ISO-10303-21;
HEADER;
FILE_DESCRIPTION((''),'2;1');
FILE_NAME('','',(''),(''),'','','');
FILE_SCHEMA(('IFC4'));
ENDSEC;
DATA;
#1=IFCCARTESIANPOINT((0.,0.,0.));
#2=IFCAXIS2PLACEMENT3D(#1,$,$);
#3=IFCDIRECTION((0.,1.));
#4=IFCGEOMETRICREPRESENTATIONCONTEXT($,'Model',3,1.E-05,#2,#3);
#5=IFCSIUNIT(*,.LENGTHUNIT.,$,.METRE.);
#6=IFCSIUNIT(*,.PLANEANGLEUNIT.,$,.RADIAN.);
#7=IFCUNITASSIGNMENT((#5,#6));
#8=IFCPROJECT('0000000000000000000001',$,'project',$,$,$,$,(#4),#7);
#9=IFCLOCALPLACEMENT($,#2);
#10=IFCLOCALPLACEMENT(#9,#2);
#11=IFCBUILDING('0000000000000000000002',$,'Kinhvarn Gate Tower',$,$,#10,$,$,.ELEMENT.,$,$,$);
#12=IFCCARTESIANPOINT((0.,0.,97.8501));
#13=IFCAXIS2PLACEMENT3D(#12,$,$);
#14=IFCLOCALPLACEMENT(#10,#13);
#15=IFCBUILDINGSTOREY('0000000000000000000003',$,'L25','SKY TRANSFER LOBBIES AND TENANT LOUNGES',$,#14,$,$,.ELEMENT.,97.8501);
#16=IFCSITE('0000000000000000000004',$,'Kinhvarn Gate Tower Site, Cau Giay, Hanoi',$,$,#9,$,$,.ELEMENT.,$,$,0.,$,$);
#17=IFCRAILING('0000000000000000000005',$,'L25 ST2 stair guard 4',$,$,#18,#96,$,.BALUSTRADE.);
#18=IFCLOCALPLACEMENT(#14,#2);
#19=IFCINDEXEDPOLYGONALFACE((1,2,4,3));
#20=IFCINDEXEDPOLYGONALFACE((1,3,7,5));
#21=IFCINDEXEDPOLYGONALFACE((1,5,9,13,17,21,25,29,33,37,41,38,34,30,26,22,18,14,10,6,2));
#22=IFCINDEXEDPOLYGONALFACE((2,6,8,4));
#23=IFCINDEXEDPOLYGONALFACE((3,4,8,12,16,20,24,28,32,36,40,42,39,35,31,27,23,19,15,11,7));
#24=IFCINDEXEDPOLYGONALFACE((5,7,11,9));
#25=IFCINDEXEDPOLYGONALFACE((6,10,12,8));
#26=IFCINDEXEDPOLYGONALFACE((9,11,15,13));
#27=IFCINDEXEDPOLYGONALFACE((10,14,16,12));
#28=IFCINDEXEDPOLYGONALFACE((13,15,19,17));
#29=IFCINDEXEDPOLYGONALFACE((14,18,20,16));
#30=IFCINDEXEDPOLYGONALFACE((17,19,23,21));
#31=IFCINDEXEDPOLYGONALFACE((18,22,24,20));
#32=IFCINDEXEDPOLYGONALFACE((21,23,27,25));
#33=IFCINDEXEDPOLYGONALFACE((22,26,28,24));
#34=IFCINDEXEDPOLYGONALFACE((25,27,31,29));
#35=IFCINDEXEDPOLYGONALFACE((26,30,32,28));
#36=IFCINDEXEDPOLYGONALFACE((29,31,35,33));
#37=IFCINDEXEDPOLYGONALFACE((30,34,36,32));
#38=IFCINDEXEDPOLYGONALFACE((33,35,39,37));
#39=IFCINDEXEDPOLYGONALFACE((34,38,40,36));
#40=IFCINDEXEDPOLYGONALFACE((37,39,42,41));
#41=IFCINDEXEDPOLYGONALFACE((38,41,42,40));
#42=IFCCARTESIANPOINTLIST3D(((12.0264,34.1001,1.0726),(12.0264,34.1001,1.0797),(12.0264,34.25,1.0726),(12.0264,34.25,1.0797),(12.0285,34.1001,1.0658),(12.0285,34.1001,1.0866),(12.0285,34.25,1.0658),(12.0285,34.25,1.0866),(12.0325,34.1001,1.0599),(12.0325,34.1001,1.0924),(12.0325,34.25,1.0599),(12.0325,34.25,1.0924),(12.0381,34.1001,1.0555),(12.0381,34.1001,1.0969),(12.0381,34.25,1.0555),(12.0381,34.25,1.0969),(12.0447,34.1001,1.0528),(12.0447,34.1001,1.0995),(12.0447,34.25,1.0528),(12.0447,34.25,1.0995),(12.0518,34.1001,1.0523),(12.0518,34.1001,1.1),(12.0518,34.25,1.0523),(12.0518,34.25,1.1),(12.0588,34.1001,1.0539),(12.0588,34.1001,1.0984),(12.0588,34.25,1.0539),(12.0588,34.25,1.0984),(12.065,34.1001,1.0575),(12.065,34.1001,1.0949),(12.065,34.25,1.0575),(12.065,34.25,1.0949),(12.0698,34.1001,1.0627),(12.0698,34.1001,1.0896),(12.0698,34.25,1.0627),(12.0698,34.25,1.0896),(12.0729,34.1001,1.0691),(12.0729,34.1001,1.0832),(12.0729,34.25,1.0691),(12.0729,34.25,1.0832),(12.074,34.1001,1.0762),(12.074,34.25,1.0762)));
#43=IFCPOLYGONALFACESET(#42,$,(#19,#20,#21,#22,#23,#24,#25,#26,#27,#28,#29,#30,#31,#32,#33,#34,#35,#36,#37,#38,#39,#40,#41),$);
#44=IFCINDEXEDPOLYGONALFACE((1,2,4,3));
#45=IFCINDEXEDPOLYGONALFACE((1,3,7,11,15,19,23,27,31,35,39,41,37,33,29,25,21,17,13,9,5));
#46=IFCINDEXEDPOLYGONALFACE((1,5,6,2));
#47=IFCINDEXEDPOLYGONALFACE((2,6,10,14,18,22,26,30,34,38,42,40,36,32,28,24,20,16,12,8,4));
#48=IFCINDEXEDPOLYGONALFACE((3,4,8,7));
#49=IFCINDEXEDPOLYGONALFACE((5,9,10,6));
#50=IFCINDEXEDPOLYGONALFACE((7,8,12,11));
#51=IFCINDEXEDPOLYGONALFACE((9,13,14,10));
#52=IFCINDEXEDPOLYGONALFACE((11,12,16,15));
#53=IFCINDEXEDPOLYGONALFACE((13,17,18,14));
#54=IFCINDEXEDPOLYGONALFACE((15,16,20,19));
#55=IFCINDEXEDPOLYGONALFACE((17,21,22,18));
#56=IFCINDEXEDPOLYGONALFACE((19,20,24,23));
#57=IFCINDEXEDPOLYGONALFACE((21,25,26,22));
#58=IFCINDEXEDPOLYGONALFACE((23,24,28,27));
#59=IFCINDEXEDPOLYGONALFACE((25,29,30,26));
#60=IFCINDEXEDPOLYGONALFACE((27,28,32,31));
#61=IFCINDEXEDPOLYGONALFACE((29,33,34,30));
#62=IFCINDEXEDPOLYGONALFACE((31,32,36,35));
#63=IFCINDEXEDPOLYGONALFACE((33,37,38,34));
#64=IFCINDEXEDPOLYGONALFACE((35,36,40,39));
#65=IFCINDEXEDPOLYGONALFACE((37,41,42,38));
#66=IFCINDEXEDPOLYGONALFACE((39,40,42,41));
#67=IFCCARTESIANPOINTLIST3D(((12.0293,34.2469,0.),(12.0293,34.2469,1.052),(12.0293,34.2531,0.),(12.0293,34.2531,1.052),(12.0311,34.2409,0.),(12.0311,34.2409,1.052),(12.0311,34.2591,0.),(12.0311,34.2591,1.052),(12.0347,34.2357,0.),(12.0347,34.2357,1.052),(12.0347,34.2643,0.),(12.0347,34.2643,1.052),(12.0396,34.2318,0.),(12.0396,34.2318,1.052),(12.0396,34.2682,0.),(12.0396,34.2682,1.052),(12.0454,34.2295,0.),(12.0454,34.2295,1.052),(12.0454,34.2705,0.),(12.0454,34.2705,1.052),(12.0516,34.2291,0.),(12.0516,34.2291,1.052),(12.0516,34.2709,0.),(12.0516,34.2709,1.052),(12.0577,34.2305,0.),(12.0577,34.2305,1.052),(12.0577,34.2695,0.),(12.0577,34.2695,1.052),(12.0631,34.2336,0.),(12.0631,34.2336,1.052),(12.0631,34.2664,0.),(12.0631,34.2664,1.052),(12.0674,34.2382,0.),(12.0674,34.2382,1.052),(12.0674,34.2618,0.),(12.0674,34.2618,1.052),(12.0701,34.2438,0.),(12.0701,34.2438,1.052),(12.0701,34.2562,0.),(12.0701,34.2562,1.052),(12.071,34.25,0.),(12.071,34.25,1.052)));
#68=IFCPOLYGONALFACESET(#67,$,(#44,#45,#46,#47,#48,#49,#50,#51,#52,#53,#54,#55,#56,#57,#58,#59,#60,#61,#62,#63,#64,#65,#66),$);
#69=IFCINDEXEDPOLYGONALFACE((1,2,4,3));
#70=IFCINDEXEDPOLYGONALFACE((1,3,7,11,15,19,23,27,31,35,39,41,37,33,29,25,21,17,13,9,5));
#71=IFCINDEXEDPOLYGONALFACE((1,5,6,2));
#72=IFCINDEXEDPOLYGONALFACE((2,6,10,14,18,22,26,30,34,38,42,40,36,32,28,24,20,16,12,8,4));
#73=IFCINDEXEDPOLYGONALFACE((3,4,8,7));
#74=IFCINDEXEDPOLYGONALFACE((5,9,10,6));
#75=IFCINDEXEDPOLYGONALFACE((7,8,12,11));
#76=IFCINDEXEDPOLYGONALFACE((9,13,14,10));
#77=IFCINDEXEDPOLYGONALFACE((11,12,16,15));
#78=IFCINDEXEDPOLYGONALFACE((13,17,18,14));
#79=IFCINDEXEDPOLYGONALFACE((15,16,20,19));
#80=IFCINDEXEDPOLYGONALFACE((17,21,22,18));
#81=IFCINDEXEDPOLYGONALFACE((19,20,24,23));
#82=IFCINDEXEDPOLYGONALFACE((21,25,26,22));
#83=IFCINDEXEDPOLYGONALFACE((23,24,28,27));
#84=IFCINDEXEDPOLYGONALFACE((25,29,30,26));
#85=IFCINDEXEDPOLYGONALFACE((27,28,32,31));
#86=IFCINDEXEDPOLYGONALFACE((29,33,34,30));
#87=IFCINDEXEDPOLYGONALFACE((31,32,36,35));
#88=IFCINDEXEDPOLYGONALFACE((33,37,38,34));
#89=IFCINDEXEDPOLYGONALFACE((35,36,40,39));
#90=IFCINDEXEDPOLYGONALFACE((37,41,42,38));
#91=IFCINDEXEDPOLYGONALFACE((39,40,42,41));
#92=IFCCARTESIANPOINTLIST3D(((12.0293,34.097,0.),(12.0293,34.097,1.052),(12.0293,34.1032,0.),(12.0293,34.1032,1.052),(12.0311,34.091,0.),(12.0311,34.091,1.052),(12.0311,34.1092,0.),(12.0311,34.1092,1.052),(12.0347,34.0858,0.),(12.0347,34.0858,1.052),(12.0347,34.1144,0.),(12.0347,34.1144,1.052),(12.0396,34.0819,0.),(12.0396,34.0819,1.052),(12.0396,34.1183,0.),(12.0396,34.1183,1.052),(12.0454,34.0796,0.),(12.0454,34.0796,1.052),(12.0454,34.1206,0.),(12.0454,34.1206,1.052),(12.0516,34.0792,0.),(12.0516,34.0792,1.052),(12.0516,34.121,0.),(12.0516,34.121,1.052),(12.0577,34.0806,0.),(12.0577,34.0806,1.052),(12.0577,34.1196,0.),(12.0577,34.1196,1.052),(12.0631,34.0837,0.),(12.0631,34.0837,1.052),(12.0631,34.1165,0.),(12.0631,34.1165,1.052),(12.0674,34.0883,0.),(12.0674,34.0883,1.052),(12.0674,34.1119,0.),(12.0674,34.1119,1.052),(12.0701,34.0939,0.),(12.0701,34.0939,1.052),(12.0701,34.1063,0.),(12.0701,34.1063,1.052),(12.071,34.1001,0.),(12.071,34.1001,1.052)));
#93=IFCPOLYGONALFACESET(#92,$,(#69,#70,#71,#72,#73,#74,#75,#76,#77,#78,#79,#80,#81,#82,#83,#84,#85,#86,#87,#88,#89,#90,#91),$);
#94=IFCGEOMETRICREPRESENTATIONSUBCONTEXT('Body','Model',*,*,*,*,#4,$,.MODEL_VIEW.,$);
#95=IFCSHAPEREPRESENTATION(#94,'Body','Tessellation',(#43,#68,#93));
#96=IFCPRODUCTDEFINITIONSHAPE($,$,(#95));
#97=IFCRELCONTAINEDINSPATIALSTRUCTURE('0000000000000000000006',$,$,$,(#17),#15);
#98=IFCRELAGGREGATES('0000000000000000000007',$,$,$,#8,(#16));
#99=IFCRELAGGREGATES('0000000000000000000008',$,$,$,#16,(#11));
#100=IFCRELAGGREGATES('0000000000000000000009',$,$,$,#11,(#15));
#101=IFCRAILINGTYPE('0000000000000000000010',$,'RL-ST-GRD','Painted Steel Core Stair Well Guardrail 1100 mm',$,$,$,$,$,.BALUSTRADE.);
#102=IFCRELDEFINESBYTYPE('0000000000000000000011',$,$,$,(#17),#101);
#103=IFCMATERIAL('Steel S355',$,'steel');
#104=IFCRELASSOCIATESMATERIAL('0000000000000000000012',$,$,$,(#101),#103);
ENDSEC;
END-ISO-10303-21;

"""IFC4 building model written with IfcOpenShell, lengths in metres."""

from ifc_helpers import new_model, si_unit, direction, frame, origin, origin_2d, place, context, subcontext, project, spatial, circle, extrude, material, type_object, element, save


model = new_model("IFC4")

# Units and contexts
model_context = context("Model", 3, precision=1e-05, world=origin(), true_north=direction((0.0, 1.0)))
body_context = subcontext(model_context, "Body", "Model", "MODEL_VIEW")
ifc_project = project(units=[si_unit("LENGTHUNIT", "METRE"), si_unit("PLANEANGLEUNIT", "RADIAN")], contexts=[model_context])

# Site, building, storey
site_placement = place(None, origin())
site = spatial("IfcSite", under=ifc_project, at=site_placement, Name="Kinhvarn Gate Tower Site, Cau Giay, Hanoi", CompositionType="ELEMENT", RefElevation=0.0)
building_placement = place(site_placement, origin())
building = spatial("IfcBuilding", under=site, at=building_placement, Name="Kinhvarn Gate Tower", CompositionType="ELEMENT")
storey_placement = place(building_placement, frame((0.0, 0.0, 97.8501)))
storey = spatial("IfcBuildingStorey", under=building, at=storey_placement, Name="L25", Description="SKY TRANSFER LOBBIES AND TENANT LOUNGES", CompositionType="ELEMENT", Elevation=97.8501)

# Shared definitions
ifc_material_1 = material(Name="Steel S355", Category="steel")

# Railing
railing_type_1 = type_object("IfcRailingType", Name="RL-ST-GRD", Description="Painted Steel Core Stair Well Guardrail 1100 mm", PredefinedType="BALUSTRADE", material=ifc_material_1)
railing_1_placement = place(storey_placement, frame((12.05, 34.25, 0.0)))
element("IfcRailing", 1, at=railing_1_placement, inside=storey, type_object=railing_type_1, Name="L25 ST2 stair guard 4", PredefinedType="BALUSTRADE", context=body_context, shape_type="SweptSolid", body=[
    extrude(circle(Radius=0.0239, at=origin_2d()), frame((0.0, 0.0, 1.0762), z_axis=(0.0, -1.0, 0.0), x_axis=(1.0, 0.0, 0.0)), (0.0, 0.0, 1.0), 0.1499),
    extrude(circle(Radius=0.021, at=origin_2d()), origin(), (0.0, 0.0, 1.0), 1.052),
    extrude(circle(Radius=0.021, at=origin_2d()), frame((0.0, -0.1499, 0.0)), (0.0, 0.0, 1.0), 1.052),
])

save(model, "model.ifc")
